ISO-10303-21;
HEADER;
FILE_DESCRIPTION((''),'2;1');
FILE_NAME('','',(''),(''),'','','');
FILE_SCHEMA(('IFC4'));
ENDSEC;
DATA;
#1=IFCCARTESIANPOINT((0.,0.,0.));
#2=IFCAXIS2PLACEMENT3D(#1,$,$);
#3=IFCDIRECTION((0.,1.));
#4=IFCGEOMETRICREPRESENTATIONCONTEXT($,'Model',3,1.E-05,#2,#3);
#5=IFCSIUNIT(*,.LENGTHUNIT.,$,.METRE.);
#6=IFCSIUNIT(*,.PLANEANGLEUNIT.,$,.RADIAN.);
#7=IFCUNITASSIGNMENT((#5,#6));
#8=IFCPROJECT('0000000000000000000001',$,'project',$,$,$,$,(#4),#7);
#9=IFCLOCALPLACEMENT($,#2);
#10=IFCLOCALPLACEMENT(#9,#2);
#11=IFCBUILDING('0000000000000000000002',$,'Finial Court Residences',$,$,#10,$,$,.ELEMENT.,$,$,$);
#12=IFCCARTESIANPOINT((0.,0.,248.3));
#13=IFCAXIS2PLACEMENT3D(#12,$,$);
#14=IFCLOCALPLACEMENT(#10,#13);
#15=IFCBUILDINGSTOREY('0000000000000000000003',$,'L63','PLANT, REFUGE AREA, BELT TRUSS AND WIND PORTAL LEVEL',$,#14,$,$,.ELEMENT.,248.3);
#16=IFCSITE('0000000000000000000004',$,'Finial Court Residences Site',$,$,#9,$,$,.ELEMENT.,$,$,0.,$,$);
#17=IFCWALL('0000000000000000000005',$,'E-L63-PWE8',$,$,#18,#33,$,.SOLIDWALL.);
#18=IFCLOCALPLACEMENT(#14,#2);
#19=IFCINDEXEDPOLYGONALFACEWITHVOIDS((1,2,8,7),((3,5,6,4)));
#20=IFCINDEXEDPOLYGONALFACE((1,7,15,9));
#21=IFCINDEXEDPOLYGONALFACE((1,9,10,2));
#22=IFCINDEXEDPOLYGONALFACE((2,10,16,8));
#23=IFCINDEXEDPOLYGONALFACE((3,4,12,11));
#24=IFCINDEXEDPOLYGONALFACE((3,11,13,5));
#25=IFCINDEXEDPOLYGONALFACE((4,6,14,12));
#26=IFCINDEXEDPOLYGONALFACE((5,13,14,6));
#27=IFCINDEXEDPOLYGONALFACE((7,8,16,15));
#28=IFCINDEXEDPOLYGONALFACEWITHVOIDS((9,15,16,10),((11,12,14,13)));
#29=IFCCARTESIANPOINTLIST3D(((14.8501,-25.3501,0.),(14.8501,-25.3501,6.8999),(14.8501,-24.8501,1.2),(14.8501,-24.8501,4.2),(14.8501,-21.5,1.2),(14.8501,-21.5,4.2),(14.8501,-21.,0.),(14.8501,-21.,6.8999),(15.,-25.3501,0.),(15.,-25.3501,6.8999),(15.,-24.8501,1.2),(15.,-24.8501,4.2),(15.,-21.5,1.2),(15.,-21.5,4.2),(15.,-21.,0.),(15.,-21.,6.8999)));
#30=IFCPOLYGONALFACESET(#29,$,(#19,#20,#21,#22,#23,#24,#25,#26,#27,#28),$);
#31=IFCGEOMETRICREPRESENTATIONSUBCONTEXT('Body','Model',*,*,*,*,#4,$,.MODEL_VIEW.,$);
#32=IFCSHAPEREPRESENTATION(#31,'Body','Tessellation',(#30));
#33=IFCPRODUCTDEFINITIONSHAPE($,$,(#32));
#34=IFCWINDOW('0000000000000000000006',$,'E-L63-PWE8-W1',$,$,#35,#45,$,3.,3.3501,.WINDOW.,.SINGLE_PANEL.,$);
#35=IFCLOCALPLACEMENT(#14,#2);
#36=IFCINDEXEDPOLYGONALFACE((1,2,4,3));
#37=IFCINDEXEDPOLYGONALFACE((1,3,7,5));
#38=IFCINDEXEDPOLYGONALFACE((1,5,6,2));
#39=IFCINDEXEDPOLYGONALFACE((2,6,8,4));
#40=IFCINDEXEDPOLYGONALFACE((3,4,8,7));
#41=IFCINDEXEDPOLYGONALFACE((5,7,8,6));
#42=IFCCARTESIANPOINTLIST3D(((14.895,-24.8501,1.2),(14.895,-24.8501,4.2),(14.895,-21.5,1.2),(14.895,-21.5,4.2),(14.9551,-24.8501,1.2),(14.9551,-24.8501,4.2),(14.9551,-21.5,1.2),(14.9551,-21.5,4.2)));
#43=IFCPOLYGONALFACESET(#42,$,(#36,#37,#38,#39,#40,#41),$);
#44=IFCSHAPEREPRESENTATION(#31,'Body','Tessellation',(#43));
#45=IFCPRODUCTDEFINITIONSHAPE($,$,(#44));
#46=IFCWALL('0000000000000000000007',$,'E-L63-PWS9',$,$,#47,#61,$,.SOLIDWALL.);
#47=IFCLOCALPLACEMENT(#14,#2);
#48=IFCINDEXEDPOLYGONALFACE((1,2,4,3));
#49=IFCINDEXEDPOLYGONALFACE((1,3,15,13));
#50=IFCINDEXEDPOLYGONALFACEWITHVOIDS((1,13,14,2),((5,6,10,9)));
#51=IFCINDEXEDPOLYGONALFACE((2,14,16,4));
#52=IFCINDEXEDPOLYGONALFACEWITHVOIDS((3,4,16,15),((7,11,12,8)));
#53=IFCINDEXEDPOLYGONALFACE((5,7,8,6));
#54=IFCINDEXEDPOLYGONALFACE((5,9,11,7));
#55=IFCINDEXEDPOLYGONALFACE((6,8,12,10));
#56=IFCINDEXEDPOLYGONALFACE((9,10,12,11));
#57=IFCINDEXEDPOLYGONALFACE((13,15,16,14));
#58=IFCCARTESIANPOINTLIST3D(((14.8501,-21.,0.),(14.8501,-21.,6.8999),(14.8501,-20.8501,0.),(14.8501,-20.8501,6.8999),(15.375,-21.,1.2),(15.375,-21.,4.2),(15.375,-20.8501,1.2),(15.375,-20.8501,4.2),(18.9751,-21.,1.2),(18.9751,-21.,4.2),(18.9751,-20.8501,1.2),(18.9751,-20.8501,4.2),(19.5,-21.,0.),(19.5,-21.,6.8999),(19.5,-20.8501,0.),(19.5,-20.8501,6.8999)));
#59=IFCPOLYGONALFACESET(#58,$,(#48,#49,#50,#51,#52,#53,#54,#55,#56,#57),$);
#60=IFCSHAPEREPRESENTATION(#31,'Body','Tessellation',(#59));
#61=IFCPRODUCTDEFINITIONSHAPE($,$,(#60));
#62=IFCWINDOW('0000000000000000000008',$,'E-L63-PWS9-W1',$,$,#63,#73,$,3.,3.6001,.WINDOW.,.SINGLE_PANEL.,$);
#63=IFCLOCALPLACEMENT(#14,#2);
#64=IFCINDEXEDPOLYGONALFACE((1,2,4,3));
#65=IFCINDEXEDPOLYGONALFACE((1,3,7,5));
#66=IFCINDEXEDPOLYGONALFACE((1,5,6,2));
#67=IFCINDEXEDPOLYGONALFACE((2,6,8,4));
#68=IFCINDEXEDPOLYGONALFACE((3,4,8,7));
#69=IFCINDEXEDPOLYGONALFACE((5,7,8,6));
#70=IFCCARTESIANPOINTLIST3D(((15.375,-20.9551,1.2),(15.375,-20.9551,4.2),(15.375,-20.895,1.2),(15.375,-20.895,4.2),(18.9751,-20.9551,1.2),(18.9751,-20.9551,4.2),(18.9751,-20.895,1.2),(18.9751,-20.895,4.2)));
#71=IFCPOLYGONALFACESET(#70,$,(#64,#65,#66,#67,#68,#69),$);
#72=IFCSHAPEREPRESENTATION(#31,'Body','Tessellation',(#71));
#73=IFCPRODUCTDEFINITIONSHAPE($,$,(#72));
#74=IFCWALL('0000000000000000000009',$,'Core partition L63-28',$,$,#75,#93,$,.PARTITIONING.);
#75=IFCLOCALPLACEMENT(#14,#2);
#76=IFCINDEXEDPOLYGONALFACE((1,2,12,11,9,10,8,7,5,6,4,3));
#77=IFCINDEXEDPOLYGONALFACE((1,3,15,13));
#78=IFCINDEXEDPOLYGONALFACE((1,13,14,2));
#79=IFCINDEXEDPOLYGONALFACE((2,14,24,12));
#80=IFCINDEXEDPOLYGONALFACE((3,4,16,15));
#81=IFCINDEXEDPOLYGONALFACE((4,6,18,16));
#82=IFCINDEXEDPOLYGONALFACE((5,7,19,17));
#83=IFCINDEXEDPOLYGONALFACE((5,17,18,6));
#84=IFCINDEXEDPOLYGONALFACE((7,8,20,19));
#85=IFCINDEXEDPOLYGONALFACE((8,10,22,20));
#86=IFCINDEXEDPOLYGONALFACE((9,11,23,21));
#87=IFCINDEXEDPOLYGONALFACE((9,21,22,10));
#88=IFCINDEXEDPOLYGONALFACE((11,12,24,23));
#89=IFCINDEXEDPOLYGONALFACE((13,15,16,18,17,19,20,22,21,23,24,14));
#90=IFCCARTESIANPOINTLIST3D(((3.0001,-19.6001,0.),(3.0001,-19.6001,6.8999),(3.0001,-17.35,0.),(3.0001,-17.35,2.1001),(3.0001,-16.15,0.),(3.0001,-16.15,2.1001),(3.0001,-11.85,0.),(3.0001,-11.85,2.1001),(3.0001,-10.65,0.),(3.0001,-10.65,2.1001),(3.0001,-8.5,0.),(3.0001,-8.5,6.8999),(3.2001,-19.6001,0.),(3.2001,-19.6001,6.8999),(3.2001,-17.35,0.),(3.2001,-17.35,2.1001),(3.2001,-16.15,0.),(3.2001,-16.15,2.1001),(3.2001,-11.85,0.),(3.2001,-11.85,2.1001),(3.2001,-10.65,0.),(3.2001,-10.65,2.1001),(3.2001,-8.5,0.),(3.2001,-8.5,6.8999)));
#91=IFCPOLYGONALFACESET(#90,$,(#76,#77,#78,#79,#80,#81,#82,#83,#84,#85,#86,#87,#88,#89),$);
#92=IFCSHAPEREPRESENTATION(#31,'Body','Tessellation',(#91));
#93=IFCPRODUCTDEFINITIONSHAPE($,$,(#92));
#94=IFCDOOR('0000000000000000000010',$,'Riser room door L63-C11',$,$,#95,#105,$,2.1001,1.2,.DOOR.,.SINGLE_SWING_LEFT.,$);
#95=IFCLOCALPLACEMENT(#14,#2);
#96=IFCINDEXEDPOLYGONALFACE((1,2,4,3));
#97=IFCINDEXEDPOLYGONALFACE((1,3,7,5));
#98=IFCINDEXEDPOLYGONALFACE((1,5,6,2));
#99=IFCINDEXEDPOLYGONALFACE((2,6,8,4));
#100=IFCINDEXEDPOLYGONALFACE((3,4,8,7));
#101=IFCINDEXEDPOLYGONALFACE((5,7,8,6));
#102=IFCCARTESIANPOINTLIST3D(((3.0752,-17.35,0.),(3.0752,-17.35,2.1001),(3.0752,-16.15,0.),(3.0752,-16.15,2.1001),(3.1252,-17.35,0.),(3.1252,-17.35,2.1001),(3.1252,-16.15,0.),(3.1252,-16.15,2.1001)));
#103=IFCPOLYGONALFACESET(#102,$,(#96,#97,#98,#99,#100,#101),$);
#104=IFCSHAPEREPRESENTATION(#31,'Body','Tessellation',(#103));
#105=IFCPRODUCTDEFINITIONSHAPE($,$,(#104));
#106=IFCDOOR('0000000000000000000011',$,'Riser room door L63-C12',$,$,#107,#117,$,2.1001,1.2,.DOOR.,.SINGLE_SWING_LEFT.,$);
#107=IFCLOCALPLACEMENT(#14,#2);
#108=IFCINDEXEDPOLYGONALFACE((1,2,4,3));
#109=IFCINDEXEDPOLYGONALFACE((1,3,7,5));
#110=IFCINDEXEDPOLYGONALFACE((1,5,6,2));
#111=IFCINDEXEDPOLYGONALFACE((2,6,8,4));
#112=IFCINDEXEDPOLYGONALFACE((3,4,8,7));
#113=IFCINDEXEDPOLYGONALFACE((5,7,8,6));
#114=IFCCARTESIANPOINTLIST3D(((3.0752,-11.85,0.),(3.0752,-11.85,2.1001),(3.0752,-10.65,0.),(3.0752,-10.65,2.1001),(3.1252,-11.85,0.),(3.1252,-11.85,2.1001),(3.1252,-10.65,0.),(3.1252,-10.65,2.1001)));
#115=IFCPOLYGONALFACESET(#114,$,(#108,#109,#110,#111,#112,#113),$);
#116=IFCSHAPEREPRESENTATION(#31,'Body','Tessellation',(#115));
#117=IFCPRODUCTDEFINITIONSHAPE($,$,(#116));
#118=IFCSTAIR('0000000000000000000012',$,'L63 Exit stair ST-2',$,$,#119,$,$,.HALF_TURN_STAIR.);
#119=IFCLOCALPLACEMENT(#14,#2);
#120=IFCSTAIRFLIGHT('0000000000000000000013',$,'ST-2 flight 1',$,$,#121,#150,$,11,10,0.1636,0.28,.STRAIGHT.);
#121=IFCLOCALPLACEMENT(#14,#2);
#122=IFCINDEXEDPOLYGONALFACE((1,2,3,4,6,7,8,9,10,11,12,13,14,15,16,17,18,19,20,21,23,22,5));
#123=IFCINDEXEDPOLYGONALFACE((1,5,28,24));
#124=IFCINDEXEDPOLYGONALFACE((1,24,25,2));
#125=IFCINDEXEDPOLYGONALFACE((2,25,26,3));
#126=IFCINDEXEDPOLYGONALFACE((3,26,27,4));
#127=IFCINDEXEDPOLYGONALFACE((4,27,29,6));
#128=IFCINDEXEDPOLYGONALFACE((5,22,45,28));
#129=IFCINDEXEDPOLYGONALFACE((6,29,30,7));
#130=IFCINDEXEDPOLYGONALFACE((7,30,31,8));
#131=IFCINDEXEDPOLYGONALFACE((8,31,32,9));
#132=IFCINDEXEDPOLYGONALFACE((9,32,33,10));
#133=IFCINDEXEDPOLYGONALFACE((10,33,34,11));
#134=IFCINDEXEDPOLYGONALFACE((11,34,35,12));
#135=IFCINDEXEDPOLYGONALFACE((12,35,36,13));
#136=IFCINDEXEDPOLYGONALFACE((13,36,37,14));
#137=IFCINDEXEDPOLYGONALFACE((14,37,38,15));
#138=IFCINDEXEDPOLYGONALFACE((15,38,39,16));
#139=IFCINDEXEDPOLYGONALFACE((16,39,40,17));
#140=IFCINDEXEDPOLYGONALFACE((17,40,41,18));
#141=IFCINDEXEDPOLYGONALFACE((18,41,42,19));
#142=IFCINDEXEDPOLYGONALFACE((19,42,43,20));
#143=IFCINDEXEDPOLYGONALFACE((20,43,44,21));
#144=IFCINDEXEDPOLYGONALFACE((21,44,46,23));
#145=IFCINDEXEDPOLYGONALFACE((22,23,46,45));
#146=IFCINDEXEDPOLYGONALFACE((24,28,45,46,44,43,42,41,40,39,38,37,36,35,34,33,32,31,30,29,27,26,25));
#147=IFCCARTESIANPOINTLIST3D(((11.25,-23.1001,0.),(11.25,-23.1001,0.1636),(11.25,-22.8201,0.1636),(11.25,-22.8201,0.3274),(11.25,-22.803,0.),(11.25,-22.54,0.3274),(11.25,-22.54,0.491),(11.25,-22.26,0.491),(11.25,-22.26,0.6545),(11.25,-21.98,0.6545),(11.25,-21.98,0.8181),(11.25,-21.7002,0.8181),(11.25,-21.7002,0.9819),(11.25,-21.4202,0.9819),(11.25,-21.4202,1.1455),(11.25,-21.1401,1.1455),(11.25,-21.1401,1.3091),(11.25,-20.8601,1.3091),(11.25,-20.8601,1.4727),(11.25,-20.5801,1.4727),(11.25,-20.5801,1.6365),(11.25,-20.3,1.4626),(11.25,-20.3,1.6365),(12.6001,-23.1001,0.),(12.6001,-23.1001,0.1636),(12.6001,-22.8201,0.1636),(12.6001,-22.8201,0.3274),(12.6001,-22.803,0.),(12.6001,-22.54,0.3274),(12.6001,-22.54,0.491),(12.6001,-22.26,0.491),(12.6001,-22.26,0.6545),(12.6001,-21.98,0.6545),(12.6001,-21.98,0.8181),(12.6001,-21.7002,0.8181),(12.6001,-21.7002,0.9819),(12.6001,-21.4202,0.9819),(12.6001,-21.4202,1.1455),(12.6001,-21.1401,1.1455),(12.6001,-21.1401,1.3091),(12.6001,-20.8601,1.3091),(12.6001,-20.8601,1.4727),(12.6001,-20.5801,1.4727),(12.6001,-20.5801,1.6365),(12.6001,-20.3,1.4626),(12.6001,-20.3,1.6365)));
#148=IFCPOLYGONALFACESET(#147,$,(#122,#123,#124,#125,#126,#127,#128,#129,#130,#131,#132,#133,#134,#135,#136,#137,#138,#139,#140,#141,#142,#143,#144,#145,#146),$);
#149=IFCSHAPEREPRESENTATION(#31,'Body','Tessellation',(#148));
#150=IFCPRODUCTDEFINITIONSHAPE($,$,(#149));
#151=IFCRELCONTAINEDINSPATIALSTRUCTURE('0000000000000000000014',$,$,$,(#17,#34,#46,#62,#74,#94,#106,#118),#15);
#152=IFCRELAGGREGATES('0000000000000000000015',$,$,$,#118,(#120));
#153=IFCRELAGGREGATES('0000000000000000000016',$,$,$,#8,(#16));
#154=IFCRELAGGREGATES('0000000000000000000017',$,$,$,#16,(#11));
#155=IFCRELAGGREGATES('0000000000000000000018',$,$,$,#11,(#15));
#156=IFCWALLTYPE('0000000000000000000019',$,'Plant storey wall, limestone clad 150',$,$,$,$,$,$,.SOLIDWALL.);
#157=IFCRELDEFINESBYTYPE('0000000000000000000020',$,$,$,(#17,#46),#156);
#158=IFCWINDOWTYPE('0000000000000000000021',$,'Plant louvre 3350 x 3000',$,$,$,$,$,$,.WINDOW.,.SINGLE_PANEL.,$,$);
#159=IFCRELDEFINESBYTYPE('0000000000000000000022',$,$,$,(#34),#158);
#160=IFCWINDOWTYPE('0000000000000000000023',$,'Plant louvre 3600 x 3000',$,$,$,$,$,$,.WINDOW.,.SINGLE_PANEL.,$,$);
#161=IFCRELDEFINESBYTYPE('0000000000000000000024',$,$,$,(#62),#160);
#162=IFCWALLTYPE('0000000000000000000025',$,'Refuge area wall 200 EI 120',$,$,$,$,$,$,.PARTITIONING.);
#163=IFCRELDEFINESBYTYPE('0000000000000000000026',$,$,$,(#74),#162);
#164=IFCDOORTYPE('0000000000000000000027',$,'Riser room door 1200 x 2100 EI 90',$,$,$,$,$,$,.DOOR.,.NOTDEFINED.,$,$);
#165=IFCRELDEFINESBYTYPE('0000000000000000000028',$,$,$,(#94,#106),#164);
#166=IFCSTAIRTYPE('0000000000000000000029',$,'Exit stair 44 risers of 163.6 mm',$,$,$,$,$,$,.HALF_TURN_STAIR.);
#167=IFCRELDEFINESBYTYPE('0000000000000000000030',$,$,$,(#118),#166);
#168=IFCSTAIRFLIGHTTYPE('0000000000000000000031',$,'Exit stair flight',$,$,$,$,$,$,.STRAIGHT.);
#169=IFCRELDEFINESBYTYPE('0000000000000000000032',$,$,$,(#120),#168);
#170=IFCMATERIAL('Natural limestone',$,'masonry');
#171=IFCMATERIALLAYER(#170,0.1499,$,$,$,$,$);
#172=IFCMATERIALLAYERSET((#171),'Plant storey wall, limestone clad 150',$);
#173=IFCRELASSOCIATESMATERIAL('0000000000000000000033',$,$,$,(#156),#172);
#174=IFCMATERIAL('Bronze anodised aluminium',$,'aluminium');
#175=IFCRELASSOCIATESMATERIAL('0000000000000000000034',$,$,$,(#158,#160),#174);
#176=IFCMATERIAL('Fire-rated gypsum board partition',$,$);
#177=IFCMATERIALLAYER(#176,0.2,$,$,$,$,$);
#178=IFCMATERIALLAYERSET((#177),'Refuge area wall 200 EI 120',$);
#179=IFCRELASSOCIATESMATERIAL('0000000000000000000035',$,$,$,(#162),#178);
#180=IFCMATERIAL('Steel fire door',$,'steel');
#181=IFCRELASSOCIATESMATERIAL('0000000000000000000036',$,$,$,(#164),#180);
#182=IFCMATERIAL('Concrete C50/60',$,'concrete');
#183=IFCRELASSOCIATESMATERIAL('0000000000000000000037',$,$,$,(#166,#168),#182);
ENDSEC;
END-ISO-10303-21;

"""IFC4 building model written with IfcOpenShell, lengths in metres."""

from ifc_helpers import new_model, si_unit, direction, frame, frame_2d, origin, place, context, subcontext, project, spatial, polyline, rectangle, outline, extrude, material, layer, layer_set, type_object, element, fill, aggregate, save


model = new_model("IFC4")

# Units and contexts
model_context = context("Model", 3, precision=1e-05, world=origin(), true_north=direction((0.0, 1.0)))
body_context = subcontext(model_context, "Body", "Model", "MODEL_VIEW")
ifc_project = project(units=[si_unit("LENGTHUNIT", "METRE"), si_unit("PLANEANGLEUNIT", "RADIAN")], contexts=[model_context])

# Site, building, storey
site_placement = place(None, origin())
site = spatial("IfcSite", under=ifc_project, at=site_placement, Name="Finial Court Residences Site", CompositionType="ELEMENT", RefElevation=0.0)
building_placement = place(site_placement, origin())
building = spatial("IfcBuilding", under=site, at=building_placement, Name="Finial Court Residences", CompositionType="ELEMENT")
storey_placement = place(building_placement, frame((0.0, 0.0, 248.3)))
storey = spatial("IfcBuildingStorey", under=building, at=storey_placement, Name="L63", Description="PLANT, REFUGE AREA, BELT TRUSS AND WIND PORTAL LEVEL", CompositionType="ELEMENT", Elevation=248.3)

# Shared definitions
ifc_material_1 = material(Name="Fire-rated gypsum board partition")
ifc_material_2 = material(Name="Steel fire door", Category="steel")

# Shared definitions
ifc_material_3 = material(Name="Natural limestone", Category="masonry")
ifc_layer_1 = layer(ifc_material_3, 0.1499)
ifc_layer_set_1 = layer_set([ifc_layer_1], Name="Plant storey wall, limestone clad 150")
wall_type_1 = type_object("IfcWallType", Name="Plant storey wall, limestone clad 150", PredefinedType="SOLIDWALL", material=ifc_layer_set_1)

# Walls, openings, windows
wall_1_placement = place(storey_placement, frame((14.925, -21.0, 0.0), z_axis=(0.0, 0.0, 1.0), x_axis=(0.0, -1.0, 0.0)))
wall_1 = element("IfcWall", 1, at=wall_1_placement, inside=storey, type_object=wall_type_1, Name="E-L63-PWE8", PredefinedType="SOLIDWALL", context=body_context, shape_type="SweptSolid", body=[
    extrude(rectangle(XDim=4.3501, YDim=0.1499, at=frame_2d((2.175, 0.0))), origin(), (0.0, 0.0, 1.0), 6.8999),
])
opening_1_placement = place(wall_1_placement, frame((0.5, 0.0, 1.2)))
opening_1 = element("IfcOpeningElement", 2, at=opening_1_placement, cuts=wall_1, PredefinedType="OPENING", context=body_context, shape_type="SweptSolid", body=[
    extrude(rectangle(XDim=3.3501, YDim=3.0, at=frame_2d((1.675, 1.5))), frame((0.0, 0.085, 0.0), z_axis=(0.0, -1.0, 0.0), x_axis=(1.0, 0.0, 0.0)), (0.0, 0.0, 1.0), 0.1699),
])
ifc_material_4 = material(Name="Bronze anodised aluminium", Category="aluminium")
window_type_1 = type_object("IfcWindowType", Name="Plant louvre 3350 x 3000", PartitioningType="SINGLE_PANEL", PredefinedType="WINDOW", material=ifc_material_4)
window_1_placement = place(opening_1_placement, origin())
window_1 = element("IfcWindow", 3, at=window_1_placement, inside=storey, type_object=window_type_1, Name="E-L63-PWE8-W1", OverallHeight=3.0, OverallWidth=3.3501, PartitioningType="SINGLE_PANEL", PredefinedType="WINDOW", context=body_context, shape_type="SweptSolid", body=[
    extrude(rectangle(XDim=3.3501, YDim=3.0, at=frame_2d((1.675, 1.5))), frame((0.0, 0.03, 0.0), z_axis=(0.0, -1.0, 0.0), x_axis=(1.0, 0.0, 0.0)), (0.0, 0.0, 1.0), 0.0601),
])
fill(opening_1, window_1)
wall_2_placement = place(storey_placement, frame((19.5, -20.925, 0.0), z_axis=(0.0, 0.0, 1.0), x_axis=(-1.0, 0.0, 0.0)))
wall_2 = element("IfcWall", 4, at=wall_2_placement, inside=storey, type_object=wall_type_1, Name="E-L63-PWS9", PredefinedType="SOLIDWALL", context=body_context, shape_type="SweptSolid", body=[
    extrude(rectangle(XDim=4.6499, YDim=0.1499, at=frame_2d((2.325, 0.0))), origin(), (0.0, 0.0, 1.0), 6.8999),
])
opening_2_placement = place(wall_2_placement, frame((0.5249, 0.0, 1.2)))
opening_2 = element("IfcOpeningElement", 5, at=opening_2_placement, cuts=wall_2, PredefinedType="OPENING", context=body_context, shape_type="SweptSolid", body=[
    extrude(rectangle(XDim=3.6001, YDim=3.0, at=frame_2d((1.8, 1.5))), frame((0.0, 0.085, 0.0), z_axis=(0.0, -1.0, 0.0), x_axis=(1.0, 0.0, 0.0)), (0.0, 0.0, 1.0), 0.1699),
])
window_type_2 = type_object("IfcWindowType", Name="Plant louvre 3600 x 3000", PartitioningType="SINGLE_PANEL", PredefinedType="WINDOW", material=ifc_material_4)
window_2_placement = place(opening_2_placement, origin())
window_2 = element("IfcWindow", 6, at=window_2_placement, inside=storey, type_object=window_type_2, Name="E-L63-PWS9-W1", OverallHeight=3.0, OverallWidth=3.6001, PartitioningType="SINGLE_PANEL", PredefinedType="WINDOW", context=body_context, shape_type="SweptSolid", body=[
    extrude(rectangle(XDim=3.6001, YDim=3.0, at=frame_2d((1.8, 1.5))), frame((0.0, 0.03, 0.0), z_axis=(0.0, -1.0, 0.0), x_axis=(1.0, 0.0, 0.0)), (0.0, 0.0, 1.0), 0.0601),
])
fill(opening_2, window_2)

# Wall, openings, doors
ifc_layer_2 = layer(ifc_material_1, 0.2)
ifc_layer_set_2 = layer_set([ifc_layer_2], Name="Refuge area wall 200 EI 120")
wall_type_2 = type_object("IfcWallType", Name="Refuge area wall 200 EI 120", PredefinedType="PARTITIONING", material=ifc_layer_set_2)
wall_3_placement = place(storey_placement, frame((3.1001, -19.6001, 0.0), z_axis=(0.0, 0.0, 1.0), x_axis=(0.0, 1.0, 0.0)))
wall_3 = element("IfcWall", 7, at=wall_3_placement, inside=storey, type_object=wall_type_2, Name="Core partition L63-28", PredefinedType="PARTITIONING", context=body_context, shape_type="SweptSolid", body=[
    extrude(rectangle(XDim=11.1001, YDim=0.2, at=frame_2d((5.55, 0.0))), origin(), (0.0, 0.0, 1.0), 6.8999),
])
opening_3_placement = place(wall_3_placement, frame((2.25, 0.0, 0.0)))
opening_3 = element("IfcOpeningElement", 8, at=opening_3_placement, cuts=wall_3, PredefinedType="OPENING", context=body_context, shape_type="SweptSolid", body=[
    extrude(rectangle(XDim=1.2, YDim=2.1001, at=frame_2d((0.6001, 1.05))), frame((0.0, 0.1099, 0.0), z_axis=(0.0, -1.0, 0.0), x_axis=(1.0, 0.0, 0.0)), (0.0, 0.0, 1.0), 0.22),
])
opening_4_placement = place(wall_3_placement, frame((7.75, 0.0, 0.0)))
opening_4 = element("IfcOpeningElement", 9, at=opening_4_placement, cuts=wall_3, PredefinedType="OPENING", context=body_context, shape_type="SweptSolid", body=[
    extrude(rectangle(XDim=1.2, YDim=2.1001, at=frame_2d((0.6001, 1.05))), frame((0.0, 0.1099, 0.0), z_axis=(0.0, -1.0, 0.0), x_axis=(1.0, 0.0, 0.0)), (0.0, 0.0, 1.0), 0.22),
])
door_type_1 = type_object("IfcDoorType", Name="Riser room door 1200 x 2100 EI 90", OperationType="NOTDEFINED", PredefinedType="DOOR", material=ifc_material_2)
door_1_placement = place(opening_3_placement, origin())
door_1 = element("IfcDoor", 10, at=door_1_placement, inside=storey, type_object=door_type_1, Name="Riser room door L63-C11", OperationType="SINGLE_SWING_LEFT", OverallHeight=2.1001, OverallWidth=1.2, PredefinedType="DOOR", context=body_context, shape_type="SweptSolid", body=[
    extrude(rectangle(XDim=1.2, YDim=2.1001, at=frame_2d((0.6001, 1.05))), frame((0.0, 0.0249, 0.0), z_axis=(0.0, -1.0, 0.0), x_axis=(1.0, 0.0, 0.0)), (0.0, 0.0, 1.0), 0.05),
])
fill(opening_3, door_1)
door_2_placement = place(opening_4_placement, origin())
door_2 = element("IfcDoor", 11, at=door_2_placement, inside=storey, type_object=door_type_1, Name="Riser room door L63-C12", OperationType="SINGLE_SWING_LEFT", OverallHeight=2.1001, OverallWidth=1.2, PredefinedType="DOOR", context=body_context, shape_type="SweptSolid", body=[
    extrude(rectangle(XDim=1.2, YDim=2.1001, at=frame_2d((0.6001, 1.05))), frame((0.0, 0.0249, 0.0), z_axis=(0.0, -1.0, 0.0), x_axis=(1.0, 0.0, 0.0)), (0.0, 0.0, 1.0), 0.05),
])
fill(opening_4, door_2)

# Stair, stair flight
ifc_material_5 = material(Name="Concrete C50/60", Category="concrete")
stair_type = type_object("IfcStairType", Name="Exit stair 44 risers of 163.6 mm", PredefinedType="HALF_TURN_STAIR", material=ifc_material_5)
stair_placement = place(storey_placement, origin())
stair = element("IfcStair", 12, at=stair_placement, inside=storey, type_object=stair_type, Name="L63 Exit stair ST-2", PredefinedType="HALF_TURN_STAIR")
stair_flight_type = type_object("IfcStairFlightType", Name="Exit stair flight", PredefinedType="STRAIGHT", material=ifc_material_5)
stair_flight_1_placement = place(storey_placement, frame((11.925, -23.1001, 0.0), z_axis=(0.0, 0.0, 1.0), x_axis=(0.0, 1.0, 0.0)))
stair_flight_1 = element("IfcStairFlight", 13, at=stair_flight_1_placement, type_object=stair_flight_type, Name="ST-2 flight 1", NumberOfRisers=11, NumberOfTreads=10, PredefinedType="STRAIGHT", RiserHeight=0.1636, TreadLength=0.28, context=body_context, shape_type="SweptSolid", body=[
    extrude(outline(polyline([(0.0, 0.0), (0.0, 0.1636), (0.28, 0.1636), (0.28, 0.3274), (0.5601, 0.3274), (0.5601, 0.491), (0.8401, 0.491), (0.8401, 0.6545), (1.1201, 0.6545), (1.1201, 0.8181), (1.3999, 0.8181), (1.3999, 0.9819), (1.6799, 0.9819), (1.6799, 1.1455), (1.96, 1.1455), (1.96, 1.3091), (2.24, 1.3091), (2.24, 1.4727), (2.52, 1.4727), (2.52, 1.6365), (2.8, 1.6365), (2.8, 1.8), (2.8, 1.4626), (0.2971, 0.0), (0.0, 0.0)])), frame((0.0, 0.675, 0.0), z_axis=(0.0, -1.0, 0.0), x_axis=(1.0, 0.0, 0.0)), (0.0, 0.0, 1.0), 1.3501),
])
aggregate(stair, [stair_flight_1])

save(model, "model.ifc")
